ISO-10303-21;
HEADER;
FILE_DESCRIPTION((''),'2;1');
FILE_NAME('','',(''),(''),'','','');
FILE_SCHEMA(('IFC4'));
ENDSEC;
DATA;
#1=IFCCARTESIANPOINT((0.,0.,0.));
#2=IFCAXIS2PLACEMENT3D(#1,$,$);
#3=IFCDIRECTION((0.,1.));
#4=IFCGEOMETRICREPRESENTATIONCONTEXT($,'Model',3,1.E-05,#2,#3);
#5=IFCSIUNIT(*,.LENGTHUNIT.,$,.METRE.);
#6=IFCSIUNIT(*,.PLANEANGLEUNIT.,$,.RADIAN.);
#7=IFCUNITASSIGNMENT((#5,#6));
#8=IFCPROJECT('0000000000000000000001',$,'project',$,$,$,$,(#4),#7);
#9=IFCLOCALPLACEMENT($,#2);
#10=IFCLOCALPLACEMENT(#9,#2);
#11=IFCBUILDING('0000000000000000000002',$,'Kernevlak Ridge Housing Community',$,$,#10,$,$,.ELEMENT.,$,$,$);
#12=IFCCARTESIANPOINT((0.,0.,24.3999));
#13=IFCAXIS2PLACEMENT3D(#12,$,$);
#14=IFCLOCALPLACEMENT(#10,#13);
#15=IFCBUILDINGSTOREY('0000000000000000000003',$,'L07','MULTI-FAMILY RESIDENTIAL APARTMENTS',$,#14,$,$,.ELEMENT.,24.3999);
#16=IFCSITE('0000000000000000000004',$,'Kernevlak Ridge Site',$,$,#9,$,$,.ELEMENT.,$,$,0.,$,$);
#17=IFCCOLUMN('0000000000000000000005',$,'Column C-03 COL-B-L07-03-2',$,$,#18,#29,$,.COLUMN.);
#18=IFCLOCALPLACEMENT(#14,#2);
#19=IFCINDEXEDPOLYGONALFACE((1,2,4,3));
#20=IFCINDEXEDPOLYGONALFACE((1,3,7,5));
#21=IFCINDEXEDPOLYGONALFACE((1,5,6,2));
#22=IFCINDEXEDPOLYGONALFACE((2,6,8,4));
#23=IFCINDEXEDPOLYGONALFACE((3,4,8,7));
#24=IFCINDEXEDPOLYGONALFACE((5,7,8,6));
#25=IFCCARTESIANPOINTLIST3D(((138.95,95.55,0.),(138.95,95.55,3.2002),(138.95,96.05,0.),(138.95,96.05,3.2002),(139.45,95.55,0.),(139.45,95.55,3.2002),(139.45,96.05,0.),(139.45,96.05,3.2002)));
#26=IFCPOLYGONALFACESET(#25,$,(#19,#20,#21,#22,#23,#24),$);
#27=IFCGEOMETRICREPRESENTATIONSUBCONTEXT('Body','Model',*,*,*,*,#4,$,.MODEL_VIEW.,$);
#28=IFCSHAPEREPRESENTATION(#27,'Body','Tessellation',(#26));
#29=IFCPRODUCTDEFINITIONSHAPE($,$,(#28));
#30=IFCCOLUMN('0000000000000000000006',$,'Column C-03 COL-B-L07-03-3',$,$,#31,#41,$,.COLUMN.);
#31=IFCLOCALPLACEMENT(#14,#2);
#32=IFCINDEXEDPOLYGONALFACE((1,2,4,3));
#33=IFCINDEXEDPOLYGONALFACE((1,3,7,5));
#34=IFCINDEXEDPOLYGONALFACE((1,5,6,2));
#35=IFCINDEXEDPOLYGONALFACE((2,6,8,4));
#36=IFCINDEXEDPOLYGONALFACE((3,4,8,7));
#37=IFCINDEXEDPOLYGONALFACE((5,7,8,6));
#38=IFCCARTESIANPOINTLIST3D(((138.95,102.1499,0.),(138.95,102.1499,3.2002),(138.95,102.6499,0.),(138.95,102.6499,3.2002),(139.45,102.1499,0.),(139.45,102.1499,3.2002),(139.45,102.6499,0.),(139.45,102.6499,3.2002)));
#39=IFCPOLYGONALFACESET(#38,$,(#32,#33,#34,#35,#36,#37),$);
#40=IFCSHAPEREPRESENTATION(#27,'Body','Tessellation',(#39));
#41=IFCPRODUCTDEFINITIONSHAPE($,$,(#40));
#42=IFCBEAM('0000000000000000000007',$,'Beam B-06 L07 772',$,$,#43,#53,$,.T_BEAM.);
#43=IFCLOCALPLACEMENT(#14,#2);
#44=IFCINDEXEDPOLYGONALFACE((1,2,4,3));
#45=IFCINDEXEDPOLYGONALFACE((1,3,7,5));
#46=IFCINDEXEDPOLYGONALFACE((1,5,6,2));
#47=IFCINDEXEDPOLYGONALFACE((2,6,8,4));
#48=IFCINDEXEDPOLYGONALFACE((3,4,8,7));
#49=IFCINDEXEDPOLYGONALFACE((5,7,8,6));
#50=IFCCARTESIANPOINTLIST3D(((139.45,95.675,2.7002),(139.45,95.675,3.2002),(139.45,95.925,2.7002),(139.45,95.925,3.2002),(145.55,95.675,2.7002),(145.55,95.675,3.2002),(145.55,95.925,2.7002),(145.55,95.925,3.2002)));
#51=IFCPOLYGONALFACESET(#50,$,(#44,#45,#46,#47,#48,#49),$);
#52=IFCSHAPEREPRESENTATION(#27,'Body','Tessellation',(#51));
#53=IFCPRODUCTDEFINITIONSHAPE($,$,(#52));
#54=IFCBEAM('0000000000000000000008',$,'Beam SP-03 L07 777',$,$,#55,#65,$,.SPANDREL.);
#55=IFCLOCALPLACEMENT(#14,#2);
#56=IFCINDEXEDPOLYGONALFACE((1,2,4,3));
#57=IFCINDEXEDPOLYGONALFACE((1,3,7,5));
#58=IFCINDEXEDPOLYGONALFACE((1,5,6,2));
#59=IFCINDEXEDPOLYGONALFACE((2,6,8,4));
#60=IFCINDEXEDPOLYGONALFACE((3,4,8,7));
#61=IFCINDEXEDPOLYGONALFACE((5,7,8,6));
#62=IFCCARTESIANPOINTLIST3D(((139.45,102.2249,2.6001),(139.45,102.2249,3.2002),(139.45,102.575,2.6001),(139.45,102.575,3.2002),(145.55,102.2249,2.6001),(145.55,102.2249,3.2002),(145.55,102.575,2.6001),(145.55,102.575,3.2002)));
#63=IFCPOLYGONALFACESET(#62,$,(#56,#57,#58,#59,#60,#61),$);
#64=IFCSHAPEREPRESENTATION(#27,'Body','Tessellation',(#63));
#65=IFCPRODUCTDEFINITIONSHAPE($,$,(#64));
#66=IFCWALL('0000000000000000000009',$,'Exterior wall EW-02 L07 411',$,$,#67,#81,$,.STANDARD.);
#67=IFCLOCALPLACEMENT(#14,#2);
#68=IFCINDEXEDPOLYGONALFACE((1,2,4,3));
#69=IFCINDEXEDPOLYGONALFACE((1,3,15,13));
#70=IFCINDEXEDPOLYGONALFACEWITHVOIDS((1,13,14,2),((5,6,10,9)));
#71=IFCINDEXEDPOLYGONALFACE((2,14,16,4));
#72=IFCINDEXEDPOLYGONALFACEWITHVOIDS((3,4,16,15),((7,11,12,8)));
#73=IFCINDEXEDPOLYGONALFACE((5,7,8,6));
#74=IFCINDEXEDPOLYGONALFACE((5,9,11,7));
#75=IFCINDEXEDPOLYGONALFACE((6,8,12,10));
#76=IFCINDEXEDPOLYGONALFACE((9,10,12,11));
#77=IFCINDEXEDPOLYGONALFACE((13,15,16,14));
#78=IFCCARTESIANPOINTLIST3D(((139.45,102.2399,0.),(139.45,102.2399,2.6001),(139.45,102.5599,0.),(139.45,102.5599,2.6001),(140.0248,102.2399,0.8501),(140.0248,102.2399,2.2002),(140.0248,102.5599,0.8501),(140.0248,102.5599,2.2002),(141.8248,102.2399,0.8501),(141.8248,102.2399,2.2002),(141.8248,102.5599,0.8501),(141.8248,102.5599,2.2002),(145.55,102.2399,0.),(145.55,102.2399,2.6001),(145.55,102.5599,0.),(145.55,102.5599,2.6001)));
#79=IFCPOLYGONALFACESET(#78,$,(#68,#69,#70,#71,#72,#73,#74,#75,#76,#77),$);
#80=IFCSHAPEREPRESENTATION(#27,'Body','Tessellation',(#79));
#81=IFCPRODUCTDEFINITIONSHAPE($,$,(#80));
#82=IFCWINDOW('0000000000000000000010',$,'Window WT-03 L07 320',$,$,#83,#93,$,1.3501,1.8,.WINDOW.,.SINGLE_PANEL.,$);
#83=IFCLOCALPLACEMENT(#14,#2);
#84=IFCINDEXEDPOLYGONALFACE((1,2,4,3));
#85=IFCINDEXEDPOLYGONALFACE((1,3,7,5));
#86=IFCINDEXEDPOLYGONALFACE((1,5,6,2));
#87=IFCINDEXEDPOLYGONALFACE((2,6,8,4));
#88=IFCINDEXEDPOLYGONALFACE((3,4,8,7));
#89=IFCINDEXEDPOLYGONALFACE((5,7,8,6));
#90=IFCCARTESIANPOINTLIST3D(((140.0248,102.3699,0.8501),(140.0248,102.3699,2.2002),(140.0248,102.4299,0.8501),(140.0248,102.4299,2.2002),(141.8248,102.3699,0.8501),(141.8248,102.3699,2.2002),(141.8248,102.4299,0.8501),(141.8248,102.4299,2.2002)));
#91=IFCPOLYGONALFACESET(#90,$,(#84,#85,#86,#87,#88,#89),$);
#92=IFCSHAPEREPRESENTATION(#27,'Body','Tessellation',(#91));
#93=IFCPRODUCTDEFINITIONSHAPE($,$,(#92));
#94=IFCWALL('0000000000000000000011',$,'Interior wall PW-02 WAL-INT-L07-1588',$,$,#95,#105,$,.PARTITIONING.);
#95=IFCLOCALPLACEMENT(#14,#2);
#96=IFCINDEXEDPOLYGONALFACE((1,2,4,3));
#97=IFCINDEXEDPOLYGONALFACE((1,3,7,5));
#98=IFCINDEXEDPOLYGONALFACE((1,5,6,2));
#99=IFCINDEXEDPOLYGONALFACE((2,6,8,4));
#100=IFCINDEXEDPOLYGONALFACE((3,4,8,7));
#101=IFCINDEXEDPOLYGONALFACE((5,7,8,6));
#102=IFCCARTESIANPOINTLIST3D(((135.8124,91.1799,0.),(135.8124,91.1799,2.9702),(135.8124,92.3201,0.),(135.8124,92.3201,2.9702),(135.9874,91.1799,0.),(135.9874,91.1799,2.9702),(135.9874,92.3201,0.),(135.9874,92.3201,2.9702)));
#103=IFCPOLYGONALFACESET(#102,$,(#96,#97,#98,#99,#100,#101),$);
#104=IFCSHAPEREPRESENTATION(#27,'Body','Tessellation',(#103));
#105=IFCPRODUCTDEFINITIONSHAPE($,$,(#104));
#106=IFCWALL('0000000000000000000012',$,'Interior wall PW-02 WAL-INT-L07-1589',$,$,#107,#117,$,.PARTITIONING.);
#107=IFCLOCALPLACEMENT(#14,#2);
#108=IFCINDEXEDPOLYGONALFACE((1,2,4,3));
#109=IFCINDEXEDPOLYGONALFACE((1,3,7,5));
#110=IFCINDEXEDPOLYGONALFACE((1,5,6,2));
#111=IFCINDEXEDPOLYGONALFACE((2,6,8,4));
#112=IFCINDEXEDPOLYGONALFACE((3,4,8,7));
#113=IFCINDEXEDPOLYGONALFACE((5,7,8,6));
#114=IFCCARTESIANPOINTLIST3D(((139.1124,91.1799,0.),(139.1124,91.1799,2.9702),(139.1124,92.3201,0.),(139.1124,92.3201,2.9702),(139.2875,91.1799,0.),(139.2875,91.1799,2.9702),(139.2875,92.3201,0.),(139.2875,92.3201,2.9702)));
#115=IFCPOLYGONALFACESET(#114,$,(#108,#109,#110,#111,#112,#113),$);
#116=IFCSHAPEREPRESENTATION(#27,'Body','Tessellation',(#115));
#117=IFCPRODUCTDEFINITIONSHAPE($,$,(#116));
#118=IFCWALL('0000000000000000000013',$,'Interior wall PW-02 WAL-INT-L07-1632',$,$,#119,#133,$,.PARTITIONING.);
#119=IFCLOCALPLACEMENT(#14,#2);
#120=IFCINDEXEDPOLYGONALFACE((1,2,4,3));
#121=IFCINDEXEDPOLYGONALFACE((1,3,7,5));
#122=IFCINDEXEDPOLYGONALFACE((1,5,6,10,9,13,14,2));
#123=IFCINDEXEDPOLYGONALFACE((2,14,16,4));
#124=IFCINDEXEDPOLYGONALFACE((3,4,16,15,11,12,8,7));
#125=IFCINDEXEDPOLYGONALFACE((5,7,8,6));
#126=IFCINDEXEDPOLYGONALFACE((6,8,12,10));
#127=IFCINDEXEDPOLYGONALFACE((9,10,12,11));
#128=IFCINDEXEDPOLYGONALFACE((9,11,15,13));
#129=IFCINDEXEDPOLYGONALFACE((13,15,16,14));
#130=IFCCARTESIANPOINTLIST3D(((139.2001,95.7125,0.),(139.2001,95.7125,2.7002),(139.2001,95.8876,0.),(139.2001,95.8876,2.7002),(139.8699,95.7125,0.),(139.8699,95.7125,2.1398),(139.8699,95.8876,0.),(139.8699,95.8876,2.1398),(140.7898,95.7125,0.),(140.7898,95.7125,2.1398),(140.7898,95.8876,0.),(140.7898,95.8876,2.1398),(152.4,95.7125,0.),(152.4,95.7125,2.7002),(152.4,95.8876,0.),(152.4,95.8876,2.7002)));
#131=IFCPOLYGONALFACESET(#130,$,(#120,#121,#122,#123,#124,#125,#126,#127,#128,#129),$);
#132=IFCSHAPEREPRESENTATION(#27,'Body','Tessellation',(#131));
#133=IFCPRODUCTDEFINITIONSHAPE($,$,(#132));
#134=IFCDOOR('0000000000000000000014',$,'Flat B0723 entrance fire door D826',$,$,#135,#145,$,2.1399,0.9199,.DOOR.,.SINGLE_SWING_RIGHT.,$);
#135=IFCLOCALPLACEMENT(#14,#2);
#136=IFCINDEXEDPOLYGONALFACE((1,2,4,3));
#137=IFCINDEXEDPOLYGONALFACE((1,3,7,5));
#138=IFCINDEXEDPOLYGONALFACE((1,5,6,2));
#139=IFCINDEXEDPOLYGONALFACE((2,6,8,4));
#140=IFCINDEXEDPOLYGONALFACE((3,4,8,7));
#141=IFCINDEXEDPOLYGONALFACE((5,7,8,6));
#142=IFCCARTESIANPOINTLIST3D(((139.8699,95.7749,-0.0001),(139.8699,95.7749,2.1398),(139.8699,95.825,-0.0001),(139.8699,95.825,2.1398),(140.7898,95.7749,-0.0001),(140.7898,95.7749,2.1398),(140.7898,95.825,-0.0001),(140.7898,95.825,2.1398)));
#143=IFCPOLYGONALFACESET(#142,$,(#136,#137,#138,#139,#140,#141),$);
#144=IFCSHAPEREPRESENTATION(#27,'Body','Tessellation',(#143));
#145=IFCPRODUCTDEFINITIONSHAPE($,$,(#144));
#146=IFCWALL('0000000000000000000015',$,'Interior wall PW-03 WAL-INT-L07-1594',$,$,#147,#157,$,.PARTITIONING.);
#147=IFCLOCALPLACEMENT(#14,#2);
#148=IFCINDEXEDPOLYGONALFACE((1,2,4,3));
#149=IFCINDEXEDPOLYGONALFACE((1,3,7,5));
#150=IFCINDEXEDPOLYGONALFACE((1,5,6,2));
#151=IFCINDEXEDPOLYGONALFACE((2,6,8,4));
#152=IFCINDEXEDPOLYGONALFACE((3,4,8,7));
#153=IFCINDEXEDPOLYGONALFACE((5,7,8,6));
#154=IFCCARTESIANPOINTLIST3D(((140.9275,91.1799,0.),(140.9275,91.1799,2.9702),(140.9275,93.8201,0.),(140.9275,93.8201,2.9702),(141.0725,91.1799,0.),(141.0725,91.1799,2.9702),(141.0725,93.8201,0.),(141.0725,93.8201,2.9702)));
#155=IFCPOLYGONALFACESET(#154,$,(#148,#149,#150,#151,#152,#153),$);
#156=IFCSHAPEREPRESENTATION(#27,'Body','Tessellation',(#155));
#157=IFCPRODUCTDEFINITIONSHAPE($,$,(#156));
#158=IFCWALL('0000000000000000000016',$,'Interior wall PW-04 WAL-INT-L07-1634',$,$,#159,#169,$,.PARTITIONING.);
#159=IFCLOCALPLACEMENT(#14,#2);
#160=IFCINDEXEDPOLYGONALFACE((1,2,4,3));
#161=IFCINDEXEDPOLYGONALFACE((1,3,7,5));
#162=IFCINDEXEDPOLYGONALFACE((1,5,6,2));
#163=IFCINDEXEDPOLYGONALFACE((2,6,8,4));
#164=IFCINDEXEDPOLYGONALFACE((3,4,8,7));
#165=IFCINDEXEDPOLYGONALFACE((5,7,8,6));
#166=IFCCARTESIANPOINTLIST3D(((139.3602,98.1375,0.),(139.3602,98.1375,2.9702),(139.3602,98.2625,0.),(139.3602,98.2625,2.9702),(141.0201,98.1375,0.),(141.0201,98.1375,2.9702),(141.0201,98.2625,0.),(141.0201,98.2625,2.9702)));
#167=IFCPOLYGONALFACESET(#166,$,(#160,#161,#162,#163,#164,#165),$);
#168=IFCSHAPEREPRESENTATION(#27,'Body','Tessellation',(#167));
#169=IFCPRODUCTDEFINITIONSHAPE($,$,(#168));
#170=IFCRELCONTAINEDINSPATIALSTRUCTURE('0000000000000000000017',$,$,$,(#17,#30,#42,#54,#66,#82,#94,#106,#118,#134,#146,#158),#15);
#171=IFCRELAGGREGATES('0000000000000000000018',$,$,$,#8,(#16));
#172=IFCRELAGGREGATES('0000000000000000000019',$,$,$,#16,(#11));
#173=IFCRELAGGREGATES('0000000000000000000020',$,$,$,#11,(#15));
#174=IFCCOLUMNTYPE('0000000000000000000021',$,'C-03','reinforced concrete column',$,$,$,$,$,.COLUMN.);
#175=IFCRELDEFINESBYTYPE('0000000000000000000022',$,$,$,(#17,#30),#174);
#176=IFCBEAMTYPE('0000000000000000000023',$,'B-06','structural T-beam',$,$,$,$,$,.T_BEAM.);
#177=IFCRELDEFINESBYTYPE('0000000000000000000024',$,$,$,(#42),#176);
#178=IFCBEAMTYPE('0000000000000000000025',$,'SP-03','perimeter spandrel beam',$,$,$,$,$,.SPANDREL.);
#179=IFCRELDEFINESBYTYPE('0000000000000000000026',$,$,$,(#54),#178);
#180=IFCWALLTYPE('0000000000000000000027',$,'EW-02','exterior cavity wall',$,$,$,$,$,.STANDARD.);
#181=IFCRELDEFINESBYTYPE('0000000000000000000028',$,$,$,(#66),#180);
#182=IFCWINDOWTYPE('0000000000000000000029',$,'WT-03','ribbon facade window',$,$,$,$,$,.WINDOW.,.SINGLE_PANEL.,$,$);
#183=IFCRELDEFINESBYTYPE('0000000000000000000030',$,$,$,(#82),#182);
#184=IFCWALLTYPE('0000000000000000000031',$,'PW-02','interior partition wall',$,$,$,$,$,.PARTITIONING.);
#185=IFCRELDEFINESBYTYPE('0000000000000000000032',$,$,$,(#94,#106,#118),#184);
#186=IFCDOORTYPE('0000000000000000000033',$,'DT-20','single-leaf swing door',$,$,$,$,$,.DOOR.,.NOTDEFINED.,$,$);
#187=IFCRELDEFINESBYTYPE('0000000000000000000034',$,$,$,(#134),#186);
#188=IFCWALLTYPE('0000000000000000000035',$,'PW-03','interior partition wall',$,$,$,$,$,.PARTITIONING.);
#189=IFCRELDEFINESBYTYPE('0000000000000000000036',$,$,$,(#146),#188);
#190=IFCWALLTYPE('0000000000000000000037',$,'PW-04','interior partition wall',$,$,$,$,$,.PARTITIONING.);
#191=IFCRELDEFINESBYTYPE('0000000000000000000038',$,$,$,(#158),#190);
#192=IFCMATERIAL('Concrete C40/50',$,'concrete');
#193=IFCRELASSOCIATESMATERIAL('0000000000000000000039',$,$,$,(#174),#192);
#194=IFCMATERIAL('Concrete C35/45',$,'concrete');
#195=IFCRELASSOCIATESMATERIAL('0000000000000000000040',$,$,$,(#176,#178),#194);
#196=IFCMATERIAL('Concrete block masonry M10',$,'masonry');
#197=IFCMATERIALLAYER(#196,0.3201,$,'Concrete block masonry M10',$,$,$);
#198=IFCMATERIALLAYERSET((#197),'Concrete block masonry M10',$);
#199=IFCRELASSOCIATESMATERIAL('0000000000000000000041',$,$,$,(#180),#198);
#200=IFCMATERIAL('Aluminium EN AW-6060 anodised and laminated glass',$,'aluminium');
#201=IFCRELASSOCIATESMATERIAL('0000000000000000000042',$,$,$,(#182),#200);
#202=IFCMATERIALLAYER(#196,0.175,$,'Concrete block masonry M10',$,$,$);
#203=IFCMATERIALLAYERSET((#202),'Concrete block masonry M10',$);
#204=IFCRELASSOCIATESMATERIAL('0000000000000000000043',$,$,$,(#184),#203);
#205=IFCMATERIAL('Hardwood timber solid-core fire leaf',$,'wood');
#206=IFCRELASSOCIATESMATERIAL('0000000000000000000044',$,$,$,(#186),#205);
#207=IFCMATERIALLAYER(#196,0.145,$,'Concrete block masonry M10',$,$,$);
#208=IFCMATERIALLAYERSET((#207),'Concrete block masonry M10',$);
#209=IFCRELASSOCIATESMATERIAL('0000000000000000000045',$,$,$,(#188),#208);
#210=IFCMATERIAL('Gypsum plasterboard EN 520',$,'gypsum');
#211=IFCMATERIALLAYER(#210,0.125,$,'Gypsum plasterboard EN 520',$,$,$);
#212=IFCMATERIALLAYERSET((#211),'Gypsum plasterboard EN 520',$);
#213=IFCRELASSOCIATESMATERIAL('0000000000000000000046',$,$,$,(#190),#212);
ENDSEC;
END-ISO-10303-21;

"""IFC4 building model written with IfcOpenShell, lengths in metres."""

from ifc_helpers import new_model, si_unit, direction, frame, frame_2d, origin, origin_2d, place, context, subcontext, project, spatial, rectangle, extrude, material, layer, layer_set, material_profile, profile_set, type_object, element, fill, save


model = new_model("IFC4")

# Units and contexts
model_context = context("Model", 3, precision=1e-05, world=origin(), true_north=direction((0.0, 1.0)))
body_context = subcontext(model_context, "Body", "Model", "MODEL_VIEW")
ifc_project = project(units=[si_unit("LENGTHUNIT", "METRE"), si_unit("PLANEANGLEUNIT", "RADIAN")], contexts=[model_context])

# Site, building, storey
site_placement = place(None, origin())
site = spatial("IfcSite", under=ifc_project, at=site_placement, Name="Kernevlak Ridge Site", CompositionType="ELEMENT", RefElevation=0.0)
building_placement = place(site_placement, origin())
building = spatial("IfcBuilding", under=site, at=building_placement, Name="Kernevlak Ridge Housing Community", CompositionType="ELEMENT")
storey_placement = place(building_placement, frame((0.0, 0.0, 24.3999)))
storey = spatial("IfcBuildingStorey", under=building, at=storey_placement, Name="L07", Description="MULTI-FAMILY RESIDENTIAL APARTMENTS", CompositionType="ELEMENT", Elevation=24.3999)

# Columns
ifc_material_1 = material(Name="Concrete C40/50", Category="concrete")
ifc_material_profile_1 = material_profile(ifc_material_1, rectangle(XDim=0.5, YDim=0.5, at=origin_2d()), Name="RC 500x500")
ifc_profile_set_1 = profile_set([ifc_material_profile_1], Name="Concrete C40/50")
column_type = type_object("IfcColumnType", Name="C-03", Description="reinforced concrete column", PredefinedType="COLUMN", material=ifc_profile_set_1)
for number, where, z_axis, x_axis, name in (
    (1, (139.2, 95.8, 0.0), (0.0, 0.0, 1.0), (1.0, 0.0, 0.0), "Column C-03 COL-B-L07-03-2"),
    (2, (139.2, 102.3999, 0.0), (0.0, 0.0, 1.0), (1.0, 0.0, 0.0), "Column C-03 COL-B-L07-03-3"),
):
    element("IfcColumn", number, at=place(storey_placement, frame(where, z_axis=z_axis, x_axis=x_axis)), inside=storey, type_object=column_type, Name=name, PredefinedType="COLUMN", context=body_context, shape_type="SweptSolid", body=[
        extrude(rectangle(XDim=0.5, YDim=0.5, at=origin_2d()), origin(), (0.0, 0.0, 1.0), 3.2002),
    ])

# Beams
ifc_material_2 = material(Name="Concrete C35/45", Category="concrete")
ifc_material_profile_2 = material_profile(ifc_material_2, rectangle(XDim=0.25, YDim=0.5, at=origin_2d()), Name="RC 250x500")
ifc_profile_set_2 = profile_set([ifc_material_profile_2], Name="Concrete C35/45")
beam_type_1 = type_object("IfcBeamType", Name="B-06", Description="structural T-beam", PredefinedType="T_BEAM", material=ifc_profile_set_2)
beam_1_placement = place(storey_placement, frame((139.45, 95.8, 2.9502), z_axis=(1.0, 0.0, 0.0), x_axis=(0.0, 1.0, 0.0)))
element("IfcBeam", 3, at=beam_1_placement, inside=storey, type_object=beam_type_1, Name="Beam B-06 L07 772", PredefinedType="T_BEAM", context=body_context, shape_type="SweptSolid", body=[
    extrude(rectangle(XDim=0.25, YDim=0.5, at=origin_2d()), origin(), (0.0, 0.0, 1.0), 6.1001),
])
ifc_material_profile_3 = material_profile(ifc_material_2, rectangle(XDim=0.3501, YDim=0.6001, at=origin_2d()), Name="RC 350x600")
ifc_profile_set_3 = profile_set([ifc_material_profile_3], Name="Concrete C35/45")
beam_type_2 = type_object("IfcBeamType", Name="SP-03", Description="perimeter spandrel beam", PredefinedType="SPANDREL", material=ifc_profile_set_3)
beam_2_placement = place(storey_placement, frame((139.45, 102.3999, 2.9001), z_axis=(1.0, 0.0, 0.0), x_axis=(0.0, 1.0, 0.0)))
element("IfcBeam", 4, at=beam_2_placement, inside=storey, type_object=beam_type_2, Name="Beam SP-03 L07 777", PredefinedType="SPANDREL", context=body_context, shape_type="SweptSolid", body=[
    extrude(rectangle(XDim=0.3501, YDim=0.6001, at=origin_2d()), origin(), (0.0, 0.0, 1.0), 6.1001),
])

# Wall, opening, window
ifc_material_3 = material(Name="Concrete block masonry M10", Category="masonry")
ifc_layer_1 = layer(ifc_material_3, 0.3201, Name="Concrete block masonry M10")
ifc_layer_set_1 = layer_set([ifc_layer_1], Name="Concrete block masonry M10")
wall_type_1 = type_object("IfcWallType", Name="EW-02", Description="exterior cavity wall", PredefinedType="STANDARD", material=ifc_layer_set_1)
wall_1_placement = place(storey_placement, frame((139.45, 102.3999, 0.0), z_axis=(0.0, 0.0, 1.0), x_axis=(1.0, 0.0, 0.0)))
wall_1 = element("IfcWall", 5, at=wall_1_placement, inside=storey, type_object=wall_type_1, Name="Exterior wall EW-02 L07 411", PredefinedType="STANDARD", context=body_context, shape_type="SweptSolid", body=[
    extrude(rectangle(XDim=6.1001, YDim=0.3201, at=frame_2d((3.05, 0.0))), origin(), (0.0, 0.0, 1.0), 2.6001),
])
opening_1_placement = place(wall_1_placement, frame((0.575, 0.0, 0.8501)))
opening_1 = element("IfcOpeningElement", 6, at=opening_1_placement, cuts=wall_1, PredefinedType="OPENING", context=body_context, shape_type="SweptSolid", body=[
    extrude(rectangle(XDim=1.8, YDim=1.3501, at=frame_2d((0.8999, 0.675))), frame((0.0, 0.1699, 0.0), z_axis=(0.0, -1.0, 0.0), x_axis=(1.0, 0.0, 0.0)), (0.0, 0.0, 1.0), 0.3401),
])
ifc_material_4 = material(Name="Aluminium EN AW-6060 anodised and laminated glass", Category="aluminium")
window_type = type_object("IfcWindowType", Name="WT-03", Description="ribbon facade window", PartitioningType="SINGLE_PANEL", PredefinedType="WINDOW", material=ifc_material_4)
window_placement = place(opening_1_placement, origin())
window = element("IfcWindow", 7, at=window_placement, inside=storey, type_object=window_type, Name="Window WT-03 L07 320", OverallHeight=1.3501, OverallWidth=1.8, PartitioningType="SINGLE_PANEL", PredefinedType="WINDOW", context=body_context, shape_type="SweptSolid", body=[
    extrude(rectangle(XDim=1.8, YDim=1.3501, at=frame_2d((0.8999, 0.675))), frame((0.0, 0.03, 0.0), z_axis=(0.0, -1.0, 0.0), x_axis=(1.0, 0.0, 0.0)), (0.0, 0.0, 1.0), 0.0601),
])
fill(opening_1, window)

# Walls
ifc_layer_2 = layer(ifc_material_3, 0.175, Name="Concrete block masonry M10")
ifc_layer_set_2 = layer_set([ifc_layer_2], Name="Concrete block masonry M10")
wall_type_2 = type_object("IfcWallType", Name="PW-02", Description="interior partition wall", PredefinedType="PARTITIONING", material=ifc_layer_set_2)
for number, where, z_axis, x_axis, name in (
    (8, (135.8999, 91.1799, 0.0), (0.0, 0.0, 1.0), (0.0, 1.0, 0.0), "Interior wall PW-02 WAL-INT-L07-1588"),
    (9, (139.2, 91.1799, 0.0), (0.0, 0.0, 1.0), (0.0, 1.0, 0.0), "Interior wall PW-02 WAL-INT-L07-1589"),
):
    element("IfcWall", number, at=place(storey_placement, frame(where, z_axis=z_axis, x_axis=x_axis)), inside=storey, type_object=wall_type_2, Name=name, PredefinedType="PARTITIONING", context=body_context, shape_type="SweptSolid", body=[
        extrude(rectangle(XDim=1.1401, YDim=0.175, at=frame_2d((0.5701, 0.0))), origin(), (0.0, 0.0, 1.0), 2.9702),
    ])

# Wall, opening, door
wall_2_placement = place(storey_placement, frame((139.2, 95.8, 0.0), z_axis=(0.0, 0.0, 1.0), x_axis=(1.0, 0.0, 0.0)))
wall_2 = element("IfcWall", 10, at=wall_2_placement, inside=storey, type_object=wall_type_2, Name="Interior wall PW-02 WAL-INT-L07-1632", PredefinedType="PARTITIONING", context=body_context, shape_type="SweptSolid", body=[
    extrude(rectangle(XDim=13.2, YDim=0.175, at=frame_2d((6.6001, 0.0))), origin(), (0.0, 0.0, 1.0), 2.7002),
])
opening_2_placement = place(wall_2_placement, frame((0.6699, 0.0, 0.0)))
opening_2 = element("IfcOpeningElement", 11, at=opening_2_placement, cuts=wall_2, PredefinedType="OPENING", context=body_context, shape_type="SweptSolid", body=[
    extrude(rectangle(XDim=0.9199, YDim=2.1399, at=frame_2d((0.46, 1.0698))), frame((0.0, 0.0974, 0.0), z_axis=(0.0, -1.0, 0.0), x_axis=(1.0, 0.0, 0.0)), (0.0, 0.0, 1.0), 0.1951),
])
ifc_material_5 = material(Name="Hardwood timber solid-core fire leaf", Category="wood")
door_type_1 = type_object("IfcDoorType", Name="DT-20", Description="single-leaf swing door", OperationType="NOTDEFINED", PredefinedType="DOOR", material=ifc_material_5)
door_1_placement = place(opening_2_placement, origin())
door_1 = element("IfcDoor", 12, at=door_1_placement, inside=storey, type_object=door_type_1, Name="Flat B0723 entrance fire door D826", OperationType="SINGLE_SWING_RIGHT", OverallHeight=2.1399, OverallWidth=0.9199, PredefinedType="DOOR", context=body_context, shape_type="SweptSolid", body=[
    extrude(rectangle(XDim=0.9199, YDim=2.1399, at=frame_2d((0.46, 1.0698))), frame((0.0, 0.0249, 0.0), z_axis=(0.0, -1.0, 0.0), x_axis=(1.0, 0.0, 0.0)), (0.0, 0.0, 1.0), 0.05),
])
fill(opening_2, door_1)

# Walls
ifc_layer_3 = layer(ifc_material_3, 0.145, Name="Concrete block masonry M10")
ifc_layer_set_3 = layer_set([ifc_layer_3], Name="Concrete block masonry M10")
wall_type_3 = type_object("IfcWallType", Name="PW-03", Description="interior partition wall", PredefinedType="PARTITIONING", material=ifc_layer_set_3)
wall_3_placement = place(storey_placement, frame((141.0, 91.1799, 0.0), z_axis=(0.0, 0.0, 1.0), x_axis=(0.0, 1.0, 0.0)))
element("IfcWall", 13, at=wall_3_placement, inside=storey, type_object=wall_type_3, Name="Interior wall PW-03 WAL-INT-L07-1594", PredefinedType="PARTITIONING", context=body_context, shape_type="SweptSolid", body=[
    extrude(rectangle(XDim=2.6401, YDim=0.145, at=frame_2d((1.3201, 0.0))), origin(), (0.0, 0.0, 1.0), 2.9702),
])
ifc_material_6 = material(Name="Gypsum plasterboard EN 520", Category="gypsum")
ifc_layer_4 = layer(ifc_material_6, 0.125, Name="Gypsum plasterboard EN 520")
ifc_layer_set_4 = layer_set([ifc_layer_4], Name="Gypsum plasterboard EN 520")
wall_type_4 = type_object("IfcWallType", Name="PW-04", Description="interior partition wall", PredefinedType="PARTITIONING", material=ifc_layer_set_4)
wall_4_placement = place(storey_placement, frame((139.3601, 98.2, 0.0), z_axis=(0.0, 0.0, 1.0), x_axis=(1.0, 0.0, 0.0)))
element("IfcWall", 14, at=wall_4_placement, inside=storey, type_object=wall_type_4, Name="Interior wall PW-04 WAL-INT-L07-1634", PredefinedType="PARTITIONING", context=body_context, shape_type="SweptSolid", body=[
    extrude(rectangle(XDim=1.6599, YDim=0.125, at=frame_2d((0.8301, 0.0))), origin(), (0.0, 0.0, 1.0), 2.9702),
])

save(model, "model.ifc")
